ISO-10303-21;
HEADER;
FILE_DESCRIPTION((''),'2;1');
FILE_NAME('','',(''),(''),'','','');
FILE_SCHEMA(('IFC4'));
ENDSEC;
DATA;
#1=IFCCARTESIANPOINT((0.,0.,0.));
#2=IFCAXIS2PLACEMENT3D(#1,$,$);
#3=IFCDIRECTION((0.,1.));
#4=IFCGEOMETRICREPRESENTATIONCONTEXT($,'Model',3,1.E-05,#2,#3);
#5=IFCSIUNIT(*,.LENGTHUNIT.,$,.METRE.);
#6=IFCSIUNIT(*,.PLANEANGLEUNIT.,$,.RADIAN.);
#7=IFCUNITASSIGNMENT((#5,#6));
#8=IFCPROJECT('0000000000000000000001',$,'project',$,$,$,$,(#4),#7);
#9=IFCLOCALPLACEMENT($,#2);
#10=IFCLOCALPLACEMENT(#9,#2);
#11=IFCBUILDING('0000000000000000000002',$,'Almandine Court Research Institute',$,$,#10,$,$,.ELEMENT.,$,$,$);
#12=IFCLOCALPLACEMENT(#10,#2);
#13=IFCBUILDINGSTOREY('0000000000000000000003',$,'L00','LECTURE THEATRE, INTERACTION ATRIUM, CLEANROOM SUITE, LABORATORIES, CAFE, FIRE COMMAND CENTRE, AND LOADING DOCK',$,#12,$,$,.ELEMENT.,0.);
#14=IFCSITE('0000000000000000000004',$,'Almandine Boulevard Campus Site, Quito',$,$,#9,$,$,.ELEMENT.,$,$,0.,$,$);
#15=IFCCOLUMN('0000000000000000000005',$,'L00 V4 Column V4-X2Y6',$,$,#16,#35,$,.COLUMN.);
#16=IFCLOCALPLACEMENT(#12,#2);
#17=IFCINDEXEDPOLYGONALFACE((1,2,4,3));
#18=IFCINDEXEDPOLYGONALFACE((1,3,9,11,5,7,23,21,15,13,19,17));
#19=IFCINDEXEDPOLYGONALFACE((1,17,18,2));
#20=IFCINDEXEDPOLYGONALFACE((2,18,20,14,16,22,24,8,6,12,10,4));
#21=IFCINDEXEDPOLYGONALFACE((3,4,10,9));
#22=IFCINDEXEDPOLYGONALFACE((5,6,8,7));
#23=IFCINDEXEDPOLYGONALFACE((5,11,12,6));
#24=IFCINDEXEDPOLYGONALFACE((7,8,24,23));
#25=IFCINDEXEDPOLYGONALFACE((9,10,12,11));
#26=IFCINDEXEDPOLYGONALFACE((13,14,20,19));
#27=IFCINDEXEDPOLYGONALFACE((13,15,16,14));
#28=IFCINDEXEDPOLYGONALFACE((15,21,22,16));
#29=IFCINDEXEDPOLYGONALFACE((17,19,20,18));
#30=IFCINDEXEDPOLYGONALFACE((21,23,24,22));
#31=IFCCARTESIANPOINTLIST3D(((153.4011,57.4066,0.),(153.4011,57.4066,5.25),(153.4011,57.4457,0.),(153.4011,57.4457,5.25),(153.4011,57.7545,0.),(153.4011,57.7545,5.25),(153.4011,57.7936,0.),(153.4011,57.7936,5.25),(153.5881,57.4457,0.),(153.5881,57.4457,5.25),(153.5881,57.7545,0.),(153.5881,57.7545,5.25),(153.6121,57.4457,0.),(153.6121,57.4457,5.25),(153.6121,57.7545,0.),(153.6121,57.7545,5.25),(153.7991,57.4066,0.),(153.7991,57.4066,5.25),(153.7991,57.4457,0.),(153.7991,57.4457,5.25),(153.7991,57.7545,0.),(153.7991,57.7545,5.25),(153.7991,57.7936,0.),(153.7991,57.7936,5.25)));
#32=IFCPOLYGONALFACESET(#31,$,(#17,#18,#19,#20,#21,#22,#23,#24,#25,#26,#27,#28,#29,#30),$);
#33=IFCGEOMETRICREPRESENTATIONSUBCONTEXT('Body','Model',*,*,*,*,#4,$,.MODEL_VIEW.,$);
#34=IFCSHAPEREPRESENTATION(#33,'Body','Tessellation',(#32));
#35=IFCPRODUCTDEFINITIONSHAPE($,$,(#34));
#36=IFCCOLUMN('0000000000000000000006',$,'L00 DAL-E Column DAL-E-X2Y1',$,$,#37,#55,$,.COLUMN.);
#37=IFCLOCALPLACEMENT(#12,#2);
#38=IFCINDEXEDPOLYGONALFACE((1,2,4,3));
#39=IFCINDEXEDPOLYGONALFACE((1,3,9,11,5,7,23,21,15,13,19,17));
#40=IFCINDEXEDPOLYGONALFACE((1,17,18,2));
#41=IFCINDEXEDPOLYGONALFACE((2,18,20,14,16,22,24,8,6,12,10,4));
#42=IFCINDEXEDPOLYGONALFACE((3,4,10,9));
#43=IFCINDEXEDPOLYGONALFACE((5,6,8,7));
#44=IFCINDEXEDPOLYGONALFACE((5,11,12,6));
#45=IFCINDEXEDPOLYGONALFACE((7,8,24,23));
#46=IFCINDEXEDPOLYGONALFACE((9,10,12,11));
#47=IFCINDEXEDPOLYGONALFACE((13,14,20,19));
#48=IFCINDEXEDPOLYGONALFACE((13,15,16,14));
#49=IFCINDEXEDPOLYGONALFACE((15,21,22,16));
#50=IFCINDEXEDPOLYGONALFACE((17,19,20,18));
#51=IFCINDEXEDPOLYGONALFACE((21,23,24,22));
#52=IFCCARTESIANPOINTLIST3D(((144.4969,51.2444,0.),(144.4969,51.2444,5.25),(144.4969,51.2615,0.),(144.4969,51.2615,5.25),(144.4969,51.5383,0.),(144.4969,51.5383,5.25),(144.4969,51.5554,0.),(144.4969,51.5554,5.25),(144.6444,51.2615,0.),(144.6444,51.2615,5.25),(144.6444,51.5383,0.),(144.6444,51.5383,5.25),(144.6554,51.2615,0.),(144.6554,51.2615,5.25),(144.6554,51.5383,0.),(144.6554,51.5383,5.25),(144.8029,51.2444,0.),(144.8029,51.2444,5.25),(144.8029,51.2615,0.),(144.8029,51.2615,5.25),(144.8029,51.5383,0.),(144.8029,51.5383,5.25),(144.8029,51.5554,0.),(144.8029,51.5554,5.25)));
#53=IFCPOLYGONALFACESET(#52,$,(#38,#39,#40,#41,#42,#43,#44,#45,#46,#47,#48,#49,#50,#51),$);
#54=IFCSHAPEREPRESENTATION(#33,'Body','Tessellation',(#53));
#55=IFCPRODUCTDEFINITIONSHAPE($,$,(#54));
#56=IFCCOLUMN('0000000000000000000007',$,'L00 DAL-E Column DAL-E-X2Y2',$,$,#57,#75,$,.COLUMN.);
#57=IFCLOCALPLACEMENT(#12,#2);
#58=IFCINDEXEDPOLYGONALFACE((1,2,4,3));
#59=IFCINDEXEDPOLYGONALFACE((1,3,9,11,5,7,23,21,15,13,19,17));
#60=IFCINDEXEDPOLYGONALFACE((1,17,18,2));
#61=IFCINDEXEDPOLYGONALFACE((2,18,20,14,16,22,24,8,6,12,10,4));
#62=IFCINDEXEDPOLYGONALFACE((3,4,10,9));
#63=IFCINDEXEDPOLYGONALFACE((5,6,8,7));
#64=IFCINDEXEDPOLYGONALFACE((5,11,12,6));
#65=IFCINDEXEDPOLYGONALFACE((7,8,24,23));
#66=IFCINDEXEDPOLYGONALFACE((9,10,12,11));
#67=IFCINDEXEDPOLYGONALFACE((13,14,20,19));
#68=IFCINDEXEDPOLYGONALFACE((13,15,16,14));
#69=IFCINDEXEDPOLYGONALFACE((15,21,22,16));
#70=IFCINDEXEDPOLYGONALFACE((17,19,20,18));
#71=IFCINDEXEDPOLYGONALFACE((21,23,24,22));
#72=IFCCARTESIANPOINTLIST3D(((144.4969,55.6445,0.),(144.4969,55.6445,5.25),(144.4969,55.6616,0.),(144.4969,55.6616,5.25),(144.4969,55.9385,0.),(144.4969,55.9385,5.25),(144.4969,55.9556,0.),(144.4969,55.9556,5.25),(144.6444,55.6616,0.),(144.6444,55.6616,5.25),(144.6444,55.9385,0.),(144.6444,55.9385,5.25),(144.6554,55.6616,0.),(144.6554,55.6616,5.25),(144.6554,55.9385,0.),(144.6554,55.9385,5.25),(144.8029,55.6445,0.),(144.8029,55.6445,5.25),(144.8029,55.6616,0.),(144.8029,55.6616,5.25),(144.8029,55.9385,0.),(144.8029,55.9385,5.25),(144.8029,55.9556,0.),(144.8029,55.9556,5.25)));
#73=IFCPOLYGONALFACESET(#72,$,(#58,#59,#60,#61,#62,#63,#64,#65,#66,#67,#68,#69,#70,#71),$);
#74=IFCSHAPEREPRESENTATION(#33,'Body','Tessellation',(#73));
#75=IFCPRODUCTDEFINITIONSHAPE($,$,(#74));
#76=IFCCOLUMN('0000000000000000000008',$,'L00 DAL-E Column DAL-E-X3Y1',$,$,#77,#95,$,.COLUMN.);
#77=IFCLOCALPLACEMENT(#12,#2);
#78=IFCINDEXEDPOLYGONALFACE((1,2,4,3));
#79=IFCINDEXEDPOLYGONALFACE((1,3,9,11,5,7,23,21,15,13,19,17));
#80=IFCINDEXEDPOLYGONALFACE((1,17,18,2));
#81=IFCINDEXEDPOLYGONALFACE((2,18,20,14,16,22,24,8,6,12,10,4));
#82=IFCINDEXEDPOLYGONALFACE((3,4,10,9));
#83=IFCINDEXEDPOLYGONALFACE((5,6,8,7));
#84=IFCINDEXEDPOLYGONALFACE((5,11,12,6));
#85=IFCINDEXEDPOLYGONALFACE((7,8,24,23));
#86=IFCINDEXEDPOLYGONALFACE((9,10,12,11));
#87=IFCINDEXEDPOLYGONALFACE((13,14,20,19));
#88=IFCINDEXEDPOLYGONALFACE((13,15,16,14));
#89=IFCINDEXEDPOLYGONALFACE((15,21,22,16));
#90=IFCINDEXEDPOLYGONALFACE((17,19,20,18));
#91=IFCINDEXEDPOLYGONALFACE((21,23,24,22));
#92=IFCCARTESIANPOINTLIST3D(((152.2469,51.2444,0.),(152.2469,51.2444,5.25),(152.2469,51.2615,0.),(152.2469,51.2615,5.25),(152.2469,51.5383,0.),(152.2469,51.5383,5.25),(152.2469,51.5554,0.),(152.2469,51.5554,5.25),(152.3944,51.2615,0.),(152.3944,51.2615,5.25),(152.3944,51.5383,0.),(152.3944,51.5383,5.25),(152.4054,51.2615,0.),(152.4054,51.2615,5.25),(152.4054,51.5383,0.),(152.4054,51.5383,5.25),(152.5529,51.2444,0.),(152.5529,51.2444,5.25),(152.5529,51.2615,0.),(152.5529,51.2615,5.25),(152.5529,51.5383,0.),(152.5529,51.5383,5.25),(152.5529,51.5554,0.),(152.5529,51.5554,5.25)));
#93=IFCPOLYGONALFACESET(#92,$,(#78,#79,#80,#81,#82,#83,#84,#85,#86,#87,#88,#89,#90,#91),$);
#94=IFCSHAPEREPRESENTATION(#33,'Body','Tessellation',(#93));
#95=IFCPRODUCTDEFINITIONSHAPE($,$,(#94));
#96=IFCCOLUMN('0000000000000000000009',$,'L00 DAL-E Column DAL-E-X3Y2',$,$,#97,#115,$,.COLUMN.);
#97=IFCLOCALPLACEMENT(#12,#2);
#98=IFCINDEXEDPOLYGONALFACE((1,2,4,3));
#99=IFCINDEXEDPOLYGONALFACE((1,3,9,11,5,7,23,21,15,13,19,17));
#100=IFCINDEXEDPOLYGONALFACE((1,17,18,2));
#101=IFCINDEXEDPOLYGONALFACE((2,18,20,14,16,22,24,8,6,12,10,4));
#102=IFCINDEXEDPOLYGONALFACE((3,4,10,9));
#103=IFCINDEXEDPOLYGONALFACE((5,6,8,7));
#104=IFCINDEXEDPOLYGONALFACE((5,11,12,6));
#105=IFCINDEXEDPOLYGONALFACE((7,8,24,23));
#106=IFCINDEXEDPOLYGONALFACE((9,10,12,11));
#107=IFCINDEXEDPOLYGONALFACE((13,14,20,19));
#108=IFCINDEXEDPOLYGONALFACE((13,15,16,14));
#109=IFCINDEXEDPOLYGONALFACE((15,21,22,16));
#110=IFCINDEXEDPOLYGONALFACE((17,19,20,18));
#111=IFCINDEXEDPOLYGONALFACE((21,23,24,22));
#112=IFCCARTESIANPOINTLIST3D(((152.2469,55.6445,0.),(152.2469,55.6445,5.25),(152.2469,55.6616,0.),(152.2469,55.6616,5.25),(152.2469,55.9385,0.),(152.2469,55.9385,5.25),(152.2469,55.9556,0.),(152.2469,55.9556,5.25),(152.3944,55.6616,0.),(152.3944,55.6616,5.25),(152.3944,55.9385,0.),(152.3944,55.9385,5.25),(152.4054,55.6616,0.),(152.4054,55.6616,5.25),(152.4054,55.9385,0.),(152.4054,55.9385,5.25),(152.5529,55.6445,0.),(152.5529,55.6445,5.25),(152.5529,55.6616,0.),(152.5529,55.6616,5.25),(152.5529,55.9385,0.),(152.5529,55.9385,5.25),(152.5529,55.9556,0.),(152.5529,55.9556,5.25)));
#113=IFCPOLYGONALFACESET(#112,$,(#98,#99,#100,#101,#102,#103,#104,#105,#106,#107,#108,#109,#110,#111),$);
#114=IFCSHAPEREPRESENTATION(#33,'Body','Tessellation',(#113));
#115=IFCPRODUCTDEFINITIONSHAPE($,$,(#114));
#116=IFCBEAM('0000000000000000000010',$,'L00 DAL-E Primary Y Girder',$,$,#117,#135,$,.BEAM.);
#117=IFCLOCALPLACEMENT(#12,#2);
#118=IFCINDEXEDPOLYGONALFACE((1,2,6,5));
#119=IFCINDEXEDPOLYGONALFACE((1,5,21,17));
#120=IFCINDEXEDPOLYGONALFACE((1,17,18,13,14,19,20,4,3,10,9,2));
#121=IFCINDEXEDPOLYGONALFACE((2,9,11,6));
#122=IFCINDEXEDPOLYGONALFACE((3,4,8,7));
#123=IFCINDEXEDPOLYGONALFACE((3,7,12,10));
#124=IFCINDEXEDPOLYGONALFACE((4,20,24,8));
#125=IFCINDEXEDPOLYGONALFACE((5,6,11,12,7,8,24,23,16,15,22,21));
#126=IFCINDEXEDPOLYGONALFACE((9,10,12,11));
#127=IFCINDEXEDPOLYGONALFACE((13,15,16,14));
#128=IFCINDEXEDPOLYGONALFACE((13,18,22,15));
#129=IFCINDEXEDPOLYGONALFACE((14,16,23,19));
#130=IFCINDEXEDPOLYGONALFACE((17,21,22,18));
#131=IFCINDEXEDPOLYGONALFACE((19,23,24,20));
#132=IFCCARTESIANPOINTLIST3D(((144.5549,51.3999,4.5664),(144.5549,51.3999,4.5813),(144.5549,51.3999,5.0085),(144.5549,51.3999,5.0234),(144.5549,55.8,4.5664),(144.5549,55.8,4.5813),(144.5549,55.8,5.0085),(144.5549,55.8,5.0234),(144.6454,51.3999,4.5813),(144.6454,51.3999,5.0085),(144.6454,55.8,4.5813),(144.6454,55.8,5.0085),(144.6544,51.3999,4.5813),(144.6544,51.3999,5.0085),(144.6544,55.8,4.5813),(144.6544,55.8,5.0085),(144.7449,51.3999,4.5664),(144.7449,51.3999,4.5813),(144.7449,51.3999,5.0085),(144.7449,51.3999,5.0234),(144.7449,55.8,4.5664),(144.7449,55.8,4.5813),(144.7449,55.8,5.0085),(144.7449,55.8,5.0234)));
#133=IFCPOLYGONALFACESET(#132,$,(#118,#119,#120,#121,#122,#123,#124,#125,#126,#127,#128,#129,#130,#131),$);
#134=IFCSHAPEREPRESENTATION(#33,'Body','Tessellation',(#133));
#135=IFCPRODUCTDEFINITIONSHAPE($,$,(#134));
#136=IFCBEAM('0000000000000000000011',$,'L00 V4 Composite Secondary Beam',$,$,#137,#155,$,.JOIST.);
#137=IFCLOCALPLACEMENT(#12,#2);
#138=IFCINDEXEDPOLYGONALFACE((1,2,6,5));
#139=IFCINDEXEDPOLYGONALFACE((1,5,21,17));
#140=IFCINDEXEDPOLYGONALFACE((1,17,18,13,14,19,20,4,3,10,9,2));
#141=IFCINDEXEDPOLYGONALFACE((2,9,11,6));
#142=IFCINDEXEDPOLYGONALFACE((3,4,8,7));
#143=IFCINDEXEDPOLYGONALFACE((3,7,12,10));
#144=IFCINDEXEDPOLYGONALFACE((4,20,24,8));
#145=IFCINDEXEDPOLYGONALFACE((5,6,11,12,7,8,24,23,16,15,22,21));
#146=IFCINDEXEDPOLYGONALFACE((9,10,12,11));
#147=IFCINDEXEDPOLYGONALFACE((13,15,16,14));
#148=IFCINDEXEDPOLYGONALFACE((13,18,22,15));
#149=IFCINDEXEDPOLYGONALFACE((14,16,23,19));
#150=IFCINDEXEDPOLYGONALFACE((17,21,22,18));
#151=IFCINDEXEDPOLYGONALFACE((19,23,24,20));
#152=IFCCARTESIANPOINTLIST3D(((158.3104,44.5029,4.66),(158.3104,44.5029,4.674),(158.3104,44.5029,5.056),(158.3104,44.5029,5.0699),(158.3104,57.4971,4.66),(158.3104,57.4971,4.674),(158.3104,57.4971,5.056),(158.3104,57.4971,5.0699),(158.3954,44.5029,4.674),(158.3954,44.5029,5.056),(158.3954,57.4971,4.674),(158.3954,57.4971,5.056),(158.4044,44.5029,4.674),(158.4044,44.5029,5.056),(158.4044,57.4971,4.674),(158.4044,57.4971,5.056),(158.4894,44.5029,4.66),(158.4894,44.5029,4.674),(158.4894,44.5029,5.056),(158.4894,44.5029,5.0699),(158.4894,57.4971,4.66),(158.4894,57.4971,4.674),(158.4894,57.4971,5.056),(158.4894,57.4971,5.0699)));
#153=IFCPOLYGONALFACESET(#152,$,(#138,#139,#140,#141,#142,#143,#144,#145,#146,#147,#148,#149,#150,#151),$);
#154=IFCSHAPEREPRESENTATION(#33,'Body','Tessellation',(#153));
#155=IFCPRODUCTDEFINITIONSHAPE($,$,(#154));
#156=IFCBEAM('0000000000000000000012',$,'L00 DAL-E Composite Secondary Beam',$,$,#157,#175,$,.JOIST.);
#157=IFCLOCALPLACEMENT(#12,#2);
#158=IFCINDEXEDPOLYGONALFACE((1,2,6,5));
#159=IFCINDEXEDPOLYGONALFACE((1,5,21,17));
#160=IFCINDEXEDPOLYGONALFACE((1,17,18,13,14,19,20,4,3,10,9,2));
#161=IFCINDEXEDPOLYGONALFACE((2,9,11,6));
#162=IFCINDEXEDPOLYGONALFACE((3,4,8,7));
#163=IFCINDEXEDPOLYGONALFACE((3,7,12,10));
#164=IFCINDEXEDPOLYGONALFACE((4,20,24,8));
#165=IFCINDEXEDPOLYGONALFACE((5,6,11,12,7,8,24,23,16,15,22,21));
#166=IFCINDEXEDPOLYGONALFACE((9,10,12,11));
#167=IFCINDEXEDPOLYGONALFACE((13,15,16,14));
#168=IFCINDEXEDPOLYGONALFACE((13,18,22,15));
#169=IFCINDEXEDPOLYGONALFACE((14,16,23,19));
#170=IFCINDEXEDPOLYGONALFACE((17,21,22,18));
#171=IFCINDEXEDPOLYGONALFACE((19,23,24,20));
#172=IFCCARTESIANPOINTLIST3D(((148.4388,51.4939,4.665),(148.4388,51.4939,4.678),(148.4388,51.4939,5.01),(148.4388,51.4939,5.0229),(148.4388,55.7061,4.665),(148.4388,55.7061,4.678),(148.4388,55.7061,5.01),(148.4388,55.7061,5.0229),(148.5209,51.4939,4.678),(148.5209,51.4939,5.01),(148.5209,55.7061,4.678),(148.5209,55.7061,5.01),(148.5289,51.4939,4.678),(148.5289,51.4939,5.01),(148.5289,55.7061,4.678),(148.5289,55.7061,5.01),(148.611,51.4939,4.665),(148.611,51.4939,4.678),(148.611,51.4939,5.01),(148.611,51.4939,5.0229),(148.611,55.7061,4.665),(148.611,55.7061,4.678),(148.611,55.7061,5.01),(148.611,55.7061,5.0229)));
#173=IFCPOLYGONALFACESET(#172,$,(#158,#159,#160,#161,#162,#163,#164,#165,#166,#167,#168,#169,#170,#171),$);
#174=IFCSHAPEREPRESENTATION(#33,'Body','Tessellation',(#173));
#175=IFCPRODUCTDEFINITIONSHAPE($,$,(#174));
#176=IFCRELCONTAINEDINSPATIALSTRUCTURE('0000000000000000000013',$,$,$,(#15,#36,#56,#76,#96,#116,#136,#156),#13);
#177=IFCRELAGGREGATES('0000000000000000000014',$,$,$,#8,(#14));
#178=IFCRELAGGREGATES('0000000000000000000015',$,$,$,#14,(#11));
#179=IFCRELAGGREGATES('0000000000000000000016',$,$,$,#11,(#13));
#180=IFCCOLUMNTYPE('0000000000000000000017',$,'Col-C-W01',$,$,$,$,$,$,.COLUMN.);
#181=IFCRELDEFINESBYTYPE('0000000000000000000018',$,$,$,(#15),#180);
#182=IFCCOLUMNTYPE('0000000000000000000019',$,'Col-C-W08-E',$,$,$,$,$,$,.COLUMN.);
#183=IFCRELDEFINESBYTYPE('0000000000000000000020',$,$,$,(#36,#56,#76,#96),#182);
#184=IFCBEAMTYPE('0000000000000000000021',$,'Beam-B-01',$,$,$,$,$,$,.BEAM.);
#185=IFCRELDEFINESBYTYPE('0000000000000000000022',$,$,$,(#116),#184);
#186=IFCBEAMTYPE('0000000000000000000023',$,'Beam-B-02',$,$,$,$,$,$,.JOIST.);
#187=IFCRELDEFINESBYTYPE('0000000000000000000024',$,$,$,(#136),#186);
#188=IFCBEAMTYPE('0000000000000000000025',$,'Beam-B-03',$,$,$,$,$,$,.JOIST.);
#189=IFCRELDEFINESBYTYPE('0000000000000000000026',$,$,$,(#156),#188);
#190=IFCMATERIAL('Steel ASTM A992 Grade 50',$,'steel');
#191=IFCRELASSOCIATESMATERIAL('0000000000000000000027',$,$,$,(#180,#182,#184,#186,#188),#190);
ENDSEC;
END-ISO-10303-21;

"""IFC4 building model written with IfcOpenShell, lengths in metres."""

from ifc_helpers import new_model, si_unit, direction, frame, origin, origin_2d, place, context, subcontext, project, spatial, i_section, extrude, material, material_profile, profile_set, type_object, element, save


model = new_model("IFC4")

# Units and contexts
model_context = context("Model", 3, precision=1e-05, world=origin(), true_north=direction((0.0, 1.0)))
body_context = subcontext(model_context, "Body", "Model", "MODEL_VIEW")
ifc_project = project(units=[si_unit("LENGTHUNIT", "METRE"), si_unit("PLANEANGLEUNIT", "RADIAN")], contexts=[model_context])

# Site, building, storey
site_placement = place(None, origin())
site = spatial("IfcSite", under=ifc_project, at=site_placement, Name="Almandine Boulevard Campus Site, Quito", CompositionType="ELEMENT", RefElevation=0.0)
building_placement = place(site_placement, origin())
building = spatial("IfcBuilding", under=site, at=building_placement, Name="Almandine Court Research Institute", CompositionType="ELEMENT")
storey_placement = place(building_placement, origin())
storey = spatial("IfcBuildingStorey", under=building, at=storey_placement, Name="L00", Description="LECTURE THEATRE, INTERACTION ATRIUM, CLEANROOM SUITE, LABORATORIES, CAFE, FIRE COMMAND CENTRE, AND LOADING DOCK", CompositionType="ELEMENT", Elevation=0.0)

# Columns
ifc_material_1 = material(Name="Steel ASTM A992 Grade 50", Category="steel")
ifc_material_profile_1 = material_profile(ifc_material_1, i_section(OverallWidth=0.3979, OverallDepth=0.387, WebThickness=0.0239, FlangeThickness=0.0391, at=origin_2d()), Name="W360x262")
ifc_profile_set_1 = profile_set([ifc_material_profile_1], Name="Steel ASTM A992 Grade 50")
column_type_1 = type_object("IfcColumnType", Name="Col-C-W01", PredefinedType="COLUMN", material=ifc_profile_set_1)
column_placement = place(storey_placement, frame((153.6001, 57.6001, 0.0), z_axis=(0.0, 0.0, 1.0), x_axis=(1.0, 0.0, 0.0)))
element("IfcColumn", 1, at=column_placement, inside=storey, type_object=column_type_1, Name="L00 V4 Column V4-X2Y6", PredefinedType="COLUMN", context=body_context, shape_type="SweptSolid", body=[
    extrude(i_section(OverallWidth=0.3979, OverallDepth=0.387, WebThickness=0.0239, FlangeThickness=0.0391, at=origin_2d()), origin(), (0.0, 0.0, 1.0), 5.25),
])
ifc_material_profile_2 = material_profile(ifc_material_1, i_section(OverallWidth=0.3059, OverallDepth=0.311, WebThickness=0.011, FlangeThickness=0.0171, at=origin_2d()), Name="W310x107")
ifc_profile_set_2 = profile_set([ifc_material_profile_2], Name="Steel ASTM A992 Grade 50")
column_type_2 = type_object("IfcColumnType", Name="Col-C-W08-E", PredefinedType="COLUMN", material=ifc_profile_set_2)
for number, where, z_axis, x_axis, name in (
    (2, (144.6499, 51.3999, 0.0), (0.0, 0.0, 1.0), (1.0, 0.0, 0.0), "L00 DAL-E Column DAL-E-X2Y1"),
    (3, (144.6499, 55.8, 0.0), (0.0, 0.0, 1.0), (1.0, 0.0, 0.0), "L00 DAL-E Column DAL-E-X2Y2"),
    (4, (152.3999, 51.3999, 0.0), (0.0, 0.0, 1.0), (1.0, 0.0, 0.0), "L00 DAL-E Column DAL-E-X3Y1"),
    (5, (152.3999, 55.8, 0.0), (0.0, 0.0, 1.0), (1.0, 0.0, 0.0), "L00 DAL-E Column DAL-E-X3Y2"),
):
    element("IfcColumn", number, at=place(storey_placement, frame(where, z_axis=z_axis, x_axis=x_axis)), inside=storey, type_object=column_type_2, Name=name, PredefinedType="COLUMN", context=body_context, shape_type="SweptSolid", body=[
        extrude(i_section(OverallWidth=0.3059, OverallDepth=0.311, WebThickness=0.011, FlangeThickness=0.0171, at=origin_2d()), origin(), (0.0, 0.0, 1.0), 5.25),
    ])

# Beams
ifc_material_profile_3 = material_profile(ifc_material_1, i_section(OverallWidth=0.1899, OverallDepth=0.457, WebThickness=0.009, FlangeThickness=0.0149, at=origin_2d()), Name="W460x74")
ifc_profile_set_3 = profile_set([ifc_material_profile_3], Name="Steel ASTM A992 Grade 50")
beam_type_1 = type_object("IfcBeamType", Name="Beam-B-01", PredefinedType="BEAM", material=ifc_profile_set_3)
beam_1_placement = place(storey_placement, frame((144.6499, 51.3999, 4.7949), z_axis=(0.0, 1.0, 0.0), x_axis=(-1.0, 0.0, 0.0)))
element("IfcBeam", 6, at=beam_1_placement, inside=storey, type_object=beam_type_1, Name="L00 DAL-E Primary Y Girder", PredefinedType="BEAM", context=body_context, shape_type="SweptSolid", body=[
    extrude(i_section(OverallWidth=0.1899, OverallDepth=0.457, WebThickness=0.009, FlangeThickness=0.0149, at=origin_2d()), origin(), (0.0, 0.0, 1.0), 4.4001),
])
ifc_material_profile_4 = material_profile(ifc_material_1, i_section(OverallWidth=0.179, OverallDepth=0.4099, WebThickness=0.009, FlangeThickness=0.0139, at=origin_2d()), Name="W410x67")
ifc_profile_set_4 = profile_set([ifc_material_profile_4], Name="Steel ASTM A992 Grade 50")
beam_type_2 = type_object("IfcBeamType", Name="Beam-B-02", PredefinedType="JOIST", material=ifc_profile_set_4)
beam_2_placement = place(storey_placement, frame((158.3999, 44.5029, 4.865), z_axis=(0.0, 1.0, 0.0), x_axis=(-1.0, 0.0, 0.0)))
element("IfcBeam", 7, at=beam_2_placement, inside=storey, type_object=beam_type_2, Name="L00 V4 Composite Secondary Beam", PredefinedType="JOIST", context=body_context, shape_type="SweptSolid", body=[
    extrude(i_section(OverallWidth=0.179, OverallDepth=0.4099, WebThickness=0.009, FlangeThickness=0.0139, at=origin_2d()), origin(), (0.0, 0.0, 1.0), 12.9941),
])
ifc_material_profile_5 = material_profile(ifc_material_1, i_section(OverallWidth=0.1721, OverallDepth=0.3579, WebThickness=0.0081, FlangeThickness=0.0129, at=origin_2d()), Name="W360x57")
ifc_profile_set_5 = profile_set([ifc_material_profile_5], Name="Steel ASTM A992 Grade 50")
beam_type_3 = type_object("IfcBeamType", Name="Beam-B-03", PredefinedType="JOIST", material=ifc_profile_set_5)
beam_3_placement = place(storey_placement, frame((148.5249, 51.4939, 4.844), z_axis=(0.0, 1.0, 0.0), x_axis=(-1.0, 0.0, 0.0)))
element("IfcBeam", 8, at=beam_3_placement, inside=storey, type_object=beam_type_3, Name="L00 DAL-E Composite Secondary Beam", PredefinedType="JOIST", context=body_context, shape_type="SweptSolid", body=[
    extrude(i_section(OverallWidth=0.1721, OverallDepth=0.3579, WebThickness=0.0081, FlangeThickness=0.0129, at=origin_2d()), origin(), (0.0, 0.0, 1.0), 4.2122),
])

save(model, "model.ifc")
